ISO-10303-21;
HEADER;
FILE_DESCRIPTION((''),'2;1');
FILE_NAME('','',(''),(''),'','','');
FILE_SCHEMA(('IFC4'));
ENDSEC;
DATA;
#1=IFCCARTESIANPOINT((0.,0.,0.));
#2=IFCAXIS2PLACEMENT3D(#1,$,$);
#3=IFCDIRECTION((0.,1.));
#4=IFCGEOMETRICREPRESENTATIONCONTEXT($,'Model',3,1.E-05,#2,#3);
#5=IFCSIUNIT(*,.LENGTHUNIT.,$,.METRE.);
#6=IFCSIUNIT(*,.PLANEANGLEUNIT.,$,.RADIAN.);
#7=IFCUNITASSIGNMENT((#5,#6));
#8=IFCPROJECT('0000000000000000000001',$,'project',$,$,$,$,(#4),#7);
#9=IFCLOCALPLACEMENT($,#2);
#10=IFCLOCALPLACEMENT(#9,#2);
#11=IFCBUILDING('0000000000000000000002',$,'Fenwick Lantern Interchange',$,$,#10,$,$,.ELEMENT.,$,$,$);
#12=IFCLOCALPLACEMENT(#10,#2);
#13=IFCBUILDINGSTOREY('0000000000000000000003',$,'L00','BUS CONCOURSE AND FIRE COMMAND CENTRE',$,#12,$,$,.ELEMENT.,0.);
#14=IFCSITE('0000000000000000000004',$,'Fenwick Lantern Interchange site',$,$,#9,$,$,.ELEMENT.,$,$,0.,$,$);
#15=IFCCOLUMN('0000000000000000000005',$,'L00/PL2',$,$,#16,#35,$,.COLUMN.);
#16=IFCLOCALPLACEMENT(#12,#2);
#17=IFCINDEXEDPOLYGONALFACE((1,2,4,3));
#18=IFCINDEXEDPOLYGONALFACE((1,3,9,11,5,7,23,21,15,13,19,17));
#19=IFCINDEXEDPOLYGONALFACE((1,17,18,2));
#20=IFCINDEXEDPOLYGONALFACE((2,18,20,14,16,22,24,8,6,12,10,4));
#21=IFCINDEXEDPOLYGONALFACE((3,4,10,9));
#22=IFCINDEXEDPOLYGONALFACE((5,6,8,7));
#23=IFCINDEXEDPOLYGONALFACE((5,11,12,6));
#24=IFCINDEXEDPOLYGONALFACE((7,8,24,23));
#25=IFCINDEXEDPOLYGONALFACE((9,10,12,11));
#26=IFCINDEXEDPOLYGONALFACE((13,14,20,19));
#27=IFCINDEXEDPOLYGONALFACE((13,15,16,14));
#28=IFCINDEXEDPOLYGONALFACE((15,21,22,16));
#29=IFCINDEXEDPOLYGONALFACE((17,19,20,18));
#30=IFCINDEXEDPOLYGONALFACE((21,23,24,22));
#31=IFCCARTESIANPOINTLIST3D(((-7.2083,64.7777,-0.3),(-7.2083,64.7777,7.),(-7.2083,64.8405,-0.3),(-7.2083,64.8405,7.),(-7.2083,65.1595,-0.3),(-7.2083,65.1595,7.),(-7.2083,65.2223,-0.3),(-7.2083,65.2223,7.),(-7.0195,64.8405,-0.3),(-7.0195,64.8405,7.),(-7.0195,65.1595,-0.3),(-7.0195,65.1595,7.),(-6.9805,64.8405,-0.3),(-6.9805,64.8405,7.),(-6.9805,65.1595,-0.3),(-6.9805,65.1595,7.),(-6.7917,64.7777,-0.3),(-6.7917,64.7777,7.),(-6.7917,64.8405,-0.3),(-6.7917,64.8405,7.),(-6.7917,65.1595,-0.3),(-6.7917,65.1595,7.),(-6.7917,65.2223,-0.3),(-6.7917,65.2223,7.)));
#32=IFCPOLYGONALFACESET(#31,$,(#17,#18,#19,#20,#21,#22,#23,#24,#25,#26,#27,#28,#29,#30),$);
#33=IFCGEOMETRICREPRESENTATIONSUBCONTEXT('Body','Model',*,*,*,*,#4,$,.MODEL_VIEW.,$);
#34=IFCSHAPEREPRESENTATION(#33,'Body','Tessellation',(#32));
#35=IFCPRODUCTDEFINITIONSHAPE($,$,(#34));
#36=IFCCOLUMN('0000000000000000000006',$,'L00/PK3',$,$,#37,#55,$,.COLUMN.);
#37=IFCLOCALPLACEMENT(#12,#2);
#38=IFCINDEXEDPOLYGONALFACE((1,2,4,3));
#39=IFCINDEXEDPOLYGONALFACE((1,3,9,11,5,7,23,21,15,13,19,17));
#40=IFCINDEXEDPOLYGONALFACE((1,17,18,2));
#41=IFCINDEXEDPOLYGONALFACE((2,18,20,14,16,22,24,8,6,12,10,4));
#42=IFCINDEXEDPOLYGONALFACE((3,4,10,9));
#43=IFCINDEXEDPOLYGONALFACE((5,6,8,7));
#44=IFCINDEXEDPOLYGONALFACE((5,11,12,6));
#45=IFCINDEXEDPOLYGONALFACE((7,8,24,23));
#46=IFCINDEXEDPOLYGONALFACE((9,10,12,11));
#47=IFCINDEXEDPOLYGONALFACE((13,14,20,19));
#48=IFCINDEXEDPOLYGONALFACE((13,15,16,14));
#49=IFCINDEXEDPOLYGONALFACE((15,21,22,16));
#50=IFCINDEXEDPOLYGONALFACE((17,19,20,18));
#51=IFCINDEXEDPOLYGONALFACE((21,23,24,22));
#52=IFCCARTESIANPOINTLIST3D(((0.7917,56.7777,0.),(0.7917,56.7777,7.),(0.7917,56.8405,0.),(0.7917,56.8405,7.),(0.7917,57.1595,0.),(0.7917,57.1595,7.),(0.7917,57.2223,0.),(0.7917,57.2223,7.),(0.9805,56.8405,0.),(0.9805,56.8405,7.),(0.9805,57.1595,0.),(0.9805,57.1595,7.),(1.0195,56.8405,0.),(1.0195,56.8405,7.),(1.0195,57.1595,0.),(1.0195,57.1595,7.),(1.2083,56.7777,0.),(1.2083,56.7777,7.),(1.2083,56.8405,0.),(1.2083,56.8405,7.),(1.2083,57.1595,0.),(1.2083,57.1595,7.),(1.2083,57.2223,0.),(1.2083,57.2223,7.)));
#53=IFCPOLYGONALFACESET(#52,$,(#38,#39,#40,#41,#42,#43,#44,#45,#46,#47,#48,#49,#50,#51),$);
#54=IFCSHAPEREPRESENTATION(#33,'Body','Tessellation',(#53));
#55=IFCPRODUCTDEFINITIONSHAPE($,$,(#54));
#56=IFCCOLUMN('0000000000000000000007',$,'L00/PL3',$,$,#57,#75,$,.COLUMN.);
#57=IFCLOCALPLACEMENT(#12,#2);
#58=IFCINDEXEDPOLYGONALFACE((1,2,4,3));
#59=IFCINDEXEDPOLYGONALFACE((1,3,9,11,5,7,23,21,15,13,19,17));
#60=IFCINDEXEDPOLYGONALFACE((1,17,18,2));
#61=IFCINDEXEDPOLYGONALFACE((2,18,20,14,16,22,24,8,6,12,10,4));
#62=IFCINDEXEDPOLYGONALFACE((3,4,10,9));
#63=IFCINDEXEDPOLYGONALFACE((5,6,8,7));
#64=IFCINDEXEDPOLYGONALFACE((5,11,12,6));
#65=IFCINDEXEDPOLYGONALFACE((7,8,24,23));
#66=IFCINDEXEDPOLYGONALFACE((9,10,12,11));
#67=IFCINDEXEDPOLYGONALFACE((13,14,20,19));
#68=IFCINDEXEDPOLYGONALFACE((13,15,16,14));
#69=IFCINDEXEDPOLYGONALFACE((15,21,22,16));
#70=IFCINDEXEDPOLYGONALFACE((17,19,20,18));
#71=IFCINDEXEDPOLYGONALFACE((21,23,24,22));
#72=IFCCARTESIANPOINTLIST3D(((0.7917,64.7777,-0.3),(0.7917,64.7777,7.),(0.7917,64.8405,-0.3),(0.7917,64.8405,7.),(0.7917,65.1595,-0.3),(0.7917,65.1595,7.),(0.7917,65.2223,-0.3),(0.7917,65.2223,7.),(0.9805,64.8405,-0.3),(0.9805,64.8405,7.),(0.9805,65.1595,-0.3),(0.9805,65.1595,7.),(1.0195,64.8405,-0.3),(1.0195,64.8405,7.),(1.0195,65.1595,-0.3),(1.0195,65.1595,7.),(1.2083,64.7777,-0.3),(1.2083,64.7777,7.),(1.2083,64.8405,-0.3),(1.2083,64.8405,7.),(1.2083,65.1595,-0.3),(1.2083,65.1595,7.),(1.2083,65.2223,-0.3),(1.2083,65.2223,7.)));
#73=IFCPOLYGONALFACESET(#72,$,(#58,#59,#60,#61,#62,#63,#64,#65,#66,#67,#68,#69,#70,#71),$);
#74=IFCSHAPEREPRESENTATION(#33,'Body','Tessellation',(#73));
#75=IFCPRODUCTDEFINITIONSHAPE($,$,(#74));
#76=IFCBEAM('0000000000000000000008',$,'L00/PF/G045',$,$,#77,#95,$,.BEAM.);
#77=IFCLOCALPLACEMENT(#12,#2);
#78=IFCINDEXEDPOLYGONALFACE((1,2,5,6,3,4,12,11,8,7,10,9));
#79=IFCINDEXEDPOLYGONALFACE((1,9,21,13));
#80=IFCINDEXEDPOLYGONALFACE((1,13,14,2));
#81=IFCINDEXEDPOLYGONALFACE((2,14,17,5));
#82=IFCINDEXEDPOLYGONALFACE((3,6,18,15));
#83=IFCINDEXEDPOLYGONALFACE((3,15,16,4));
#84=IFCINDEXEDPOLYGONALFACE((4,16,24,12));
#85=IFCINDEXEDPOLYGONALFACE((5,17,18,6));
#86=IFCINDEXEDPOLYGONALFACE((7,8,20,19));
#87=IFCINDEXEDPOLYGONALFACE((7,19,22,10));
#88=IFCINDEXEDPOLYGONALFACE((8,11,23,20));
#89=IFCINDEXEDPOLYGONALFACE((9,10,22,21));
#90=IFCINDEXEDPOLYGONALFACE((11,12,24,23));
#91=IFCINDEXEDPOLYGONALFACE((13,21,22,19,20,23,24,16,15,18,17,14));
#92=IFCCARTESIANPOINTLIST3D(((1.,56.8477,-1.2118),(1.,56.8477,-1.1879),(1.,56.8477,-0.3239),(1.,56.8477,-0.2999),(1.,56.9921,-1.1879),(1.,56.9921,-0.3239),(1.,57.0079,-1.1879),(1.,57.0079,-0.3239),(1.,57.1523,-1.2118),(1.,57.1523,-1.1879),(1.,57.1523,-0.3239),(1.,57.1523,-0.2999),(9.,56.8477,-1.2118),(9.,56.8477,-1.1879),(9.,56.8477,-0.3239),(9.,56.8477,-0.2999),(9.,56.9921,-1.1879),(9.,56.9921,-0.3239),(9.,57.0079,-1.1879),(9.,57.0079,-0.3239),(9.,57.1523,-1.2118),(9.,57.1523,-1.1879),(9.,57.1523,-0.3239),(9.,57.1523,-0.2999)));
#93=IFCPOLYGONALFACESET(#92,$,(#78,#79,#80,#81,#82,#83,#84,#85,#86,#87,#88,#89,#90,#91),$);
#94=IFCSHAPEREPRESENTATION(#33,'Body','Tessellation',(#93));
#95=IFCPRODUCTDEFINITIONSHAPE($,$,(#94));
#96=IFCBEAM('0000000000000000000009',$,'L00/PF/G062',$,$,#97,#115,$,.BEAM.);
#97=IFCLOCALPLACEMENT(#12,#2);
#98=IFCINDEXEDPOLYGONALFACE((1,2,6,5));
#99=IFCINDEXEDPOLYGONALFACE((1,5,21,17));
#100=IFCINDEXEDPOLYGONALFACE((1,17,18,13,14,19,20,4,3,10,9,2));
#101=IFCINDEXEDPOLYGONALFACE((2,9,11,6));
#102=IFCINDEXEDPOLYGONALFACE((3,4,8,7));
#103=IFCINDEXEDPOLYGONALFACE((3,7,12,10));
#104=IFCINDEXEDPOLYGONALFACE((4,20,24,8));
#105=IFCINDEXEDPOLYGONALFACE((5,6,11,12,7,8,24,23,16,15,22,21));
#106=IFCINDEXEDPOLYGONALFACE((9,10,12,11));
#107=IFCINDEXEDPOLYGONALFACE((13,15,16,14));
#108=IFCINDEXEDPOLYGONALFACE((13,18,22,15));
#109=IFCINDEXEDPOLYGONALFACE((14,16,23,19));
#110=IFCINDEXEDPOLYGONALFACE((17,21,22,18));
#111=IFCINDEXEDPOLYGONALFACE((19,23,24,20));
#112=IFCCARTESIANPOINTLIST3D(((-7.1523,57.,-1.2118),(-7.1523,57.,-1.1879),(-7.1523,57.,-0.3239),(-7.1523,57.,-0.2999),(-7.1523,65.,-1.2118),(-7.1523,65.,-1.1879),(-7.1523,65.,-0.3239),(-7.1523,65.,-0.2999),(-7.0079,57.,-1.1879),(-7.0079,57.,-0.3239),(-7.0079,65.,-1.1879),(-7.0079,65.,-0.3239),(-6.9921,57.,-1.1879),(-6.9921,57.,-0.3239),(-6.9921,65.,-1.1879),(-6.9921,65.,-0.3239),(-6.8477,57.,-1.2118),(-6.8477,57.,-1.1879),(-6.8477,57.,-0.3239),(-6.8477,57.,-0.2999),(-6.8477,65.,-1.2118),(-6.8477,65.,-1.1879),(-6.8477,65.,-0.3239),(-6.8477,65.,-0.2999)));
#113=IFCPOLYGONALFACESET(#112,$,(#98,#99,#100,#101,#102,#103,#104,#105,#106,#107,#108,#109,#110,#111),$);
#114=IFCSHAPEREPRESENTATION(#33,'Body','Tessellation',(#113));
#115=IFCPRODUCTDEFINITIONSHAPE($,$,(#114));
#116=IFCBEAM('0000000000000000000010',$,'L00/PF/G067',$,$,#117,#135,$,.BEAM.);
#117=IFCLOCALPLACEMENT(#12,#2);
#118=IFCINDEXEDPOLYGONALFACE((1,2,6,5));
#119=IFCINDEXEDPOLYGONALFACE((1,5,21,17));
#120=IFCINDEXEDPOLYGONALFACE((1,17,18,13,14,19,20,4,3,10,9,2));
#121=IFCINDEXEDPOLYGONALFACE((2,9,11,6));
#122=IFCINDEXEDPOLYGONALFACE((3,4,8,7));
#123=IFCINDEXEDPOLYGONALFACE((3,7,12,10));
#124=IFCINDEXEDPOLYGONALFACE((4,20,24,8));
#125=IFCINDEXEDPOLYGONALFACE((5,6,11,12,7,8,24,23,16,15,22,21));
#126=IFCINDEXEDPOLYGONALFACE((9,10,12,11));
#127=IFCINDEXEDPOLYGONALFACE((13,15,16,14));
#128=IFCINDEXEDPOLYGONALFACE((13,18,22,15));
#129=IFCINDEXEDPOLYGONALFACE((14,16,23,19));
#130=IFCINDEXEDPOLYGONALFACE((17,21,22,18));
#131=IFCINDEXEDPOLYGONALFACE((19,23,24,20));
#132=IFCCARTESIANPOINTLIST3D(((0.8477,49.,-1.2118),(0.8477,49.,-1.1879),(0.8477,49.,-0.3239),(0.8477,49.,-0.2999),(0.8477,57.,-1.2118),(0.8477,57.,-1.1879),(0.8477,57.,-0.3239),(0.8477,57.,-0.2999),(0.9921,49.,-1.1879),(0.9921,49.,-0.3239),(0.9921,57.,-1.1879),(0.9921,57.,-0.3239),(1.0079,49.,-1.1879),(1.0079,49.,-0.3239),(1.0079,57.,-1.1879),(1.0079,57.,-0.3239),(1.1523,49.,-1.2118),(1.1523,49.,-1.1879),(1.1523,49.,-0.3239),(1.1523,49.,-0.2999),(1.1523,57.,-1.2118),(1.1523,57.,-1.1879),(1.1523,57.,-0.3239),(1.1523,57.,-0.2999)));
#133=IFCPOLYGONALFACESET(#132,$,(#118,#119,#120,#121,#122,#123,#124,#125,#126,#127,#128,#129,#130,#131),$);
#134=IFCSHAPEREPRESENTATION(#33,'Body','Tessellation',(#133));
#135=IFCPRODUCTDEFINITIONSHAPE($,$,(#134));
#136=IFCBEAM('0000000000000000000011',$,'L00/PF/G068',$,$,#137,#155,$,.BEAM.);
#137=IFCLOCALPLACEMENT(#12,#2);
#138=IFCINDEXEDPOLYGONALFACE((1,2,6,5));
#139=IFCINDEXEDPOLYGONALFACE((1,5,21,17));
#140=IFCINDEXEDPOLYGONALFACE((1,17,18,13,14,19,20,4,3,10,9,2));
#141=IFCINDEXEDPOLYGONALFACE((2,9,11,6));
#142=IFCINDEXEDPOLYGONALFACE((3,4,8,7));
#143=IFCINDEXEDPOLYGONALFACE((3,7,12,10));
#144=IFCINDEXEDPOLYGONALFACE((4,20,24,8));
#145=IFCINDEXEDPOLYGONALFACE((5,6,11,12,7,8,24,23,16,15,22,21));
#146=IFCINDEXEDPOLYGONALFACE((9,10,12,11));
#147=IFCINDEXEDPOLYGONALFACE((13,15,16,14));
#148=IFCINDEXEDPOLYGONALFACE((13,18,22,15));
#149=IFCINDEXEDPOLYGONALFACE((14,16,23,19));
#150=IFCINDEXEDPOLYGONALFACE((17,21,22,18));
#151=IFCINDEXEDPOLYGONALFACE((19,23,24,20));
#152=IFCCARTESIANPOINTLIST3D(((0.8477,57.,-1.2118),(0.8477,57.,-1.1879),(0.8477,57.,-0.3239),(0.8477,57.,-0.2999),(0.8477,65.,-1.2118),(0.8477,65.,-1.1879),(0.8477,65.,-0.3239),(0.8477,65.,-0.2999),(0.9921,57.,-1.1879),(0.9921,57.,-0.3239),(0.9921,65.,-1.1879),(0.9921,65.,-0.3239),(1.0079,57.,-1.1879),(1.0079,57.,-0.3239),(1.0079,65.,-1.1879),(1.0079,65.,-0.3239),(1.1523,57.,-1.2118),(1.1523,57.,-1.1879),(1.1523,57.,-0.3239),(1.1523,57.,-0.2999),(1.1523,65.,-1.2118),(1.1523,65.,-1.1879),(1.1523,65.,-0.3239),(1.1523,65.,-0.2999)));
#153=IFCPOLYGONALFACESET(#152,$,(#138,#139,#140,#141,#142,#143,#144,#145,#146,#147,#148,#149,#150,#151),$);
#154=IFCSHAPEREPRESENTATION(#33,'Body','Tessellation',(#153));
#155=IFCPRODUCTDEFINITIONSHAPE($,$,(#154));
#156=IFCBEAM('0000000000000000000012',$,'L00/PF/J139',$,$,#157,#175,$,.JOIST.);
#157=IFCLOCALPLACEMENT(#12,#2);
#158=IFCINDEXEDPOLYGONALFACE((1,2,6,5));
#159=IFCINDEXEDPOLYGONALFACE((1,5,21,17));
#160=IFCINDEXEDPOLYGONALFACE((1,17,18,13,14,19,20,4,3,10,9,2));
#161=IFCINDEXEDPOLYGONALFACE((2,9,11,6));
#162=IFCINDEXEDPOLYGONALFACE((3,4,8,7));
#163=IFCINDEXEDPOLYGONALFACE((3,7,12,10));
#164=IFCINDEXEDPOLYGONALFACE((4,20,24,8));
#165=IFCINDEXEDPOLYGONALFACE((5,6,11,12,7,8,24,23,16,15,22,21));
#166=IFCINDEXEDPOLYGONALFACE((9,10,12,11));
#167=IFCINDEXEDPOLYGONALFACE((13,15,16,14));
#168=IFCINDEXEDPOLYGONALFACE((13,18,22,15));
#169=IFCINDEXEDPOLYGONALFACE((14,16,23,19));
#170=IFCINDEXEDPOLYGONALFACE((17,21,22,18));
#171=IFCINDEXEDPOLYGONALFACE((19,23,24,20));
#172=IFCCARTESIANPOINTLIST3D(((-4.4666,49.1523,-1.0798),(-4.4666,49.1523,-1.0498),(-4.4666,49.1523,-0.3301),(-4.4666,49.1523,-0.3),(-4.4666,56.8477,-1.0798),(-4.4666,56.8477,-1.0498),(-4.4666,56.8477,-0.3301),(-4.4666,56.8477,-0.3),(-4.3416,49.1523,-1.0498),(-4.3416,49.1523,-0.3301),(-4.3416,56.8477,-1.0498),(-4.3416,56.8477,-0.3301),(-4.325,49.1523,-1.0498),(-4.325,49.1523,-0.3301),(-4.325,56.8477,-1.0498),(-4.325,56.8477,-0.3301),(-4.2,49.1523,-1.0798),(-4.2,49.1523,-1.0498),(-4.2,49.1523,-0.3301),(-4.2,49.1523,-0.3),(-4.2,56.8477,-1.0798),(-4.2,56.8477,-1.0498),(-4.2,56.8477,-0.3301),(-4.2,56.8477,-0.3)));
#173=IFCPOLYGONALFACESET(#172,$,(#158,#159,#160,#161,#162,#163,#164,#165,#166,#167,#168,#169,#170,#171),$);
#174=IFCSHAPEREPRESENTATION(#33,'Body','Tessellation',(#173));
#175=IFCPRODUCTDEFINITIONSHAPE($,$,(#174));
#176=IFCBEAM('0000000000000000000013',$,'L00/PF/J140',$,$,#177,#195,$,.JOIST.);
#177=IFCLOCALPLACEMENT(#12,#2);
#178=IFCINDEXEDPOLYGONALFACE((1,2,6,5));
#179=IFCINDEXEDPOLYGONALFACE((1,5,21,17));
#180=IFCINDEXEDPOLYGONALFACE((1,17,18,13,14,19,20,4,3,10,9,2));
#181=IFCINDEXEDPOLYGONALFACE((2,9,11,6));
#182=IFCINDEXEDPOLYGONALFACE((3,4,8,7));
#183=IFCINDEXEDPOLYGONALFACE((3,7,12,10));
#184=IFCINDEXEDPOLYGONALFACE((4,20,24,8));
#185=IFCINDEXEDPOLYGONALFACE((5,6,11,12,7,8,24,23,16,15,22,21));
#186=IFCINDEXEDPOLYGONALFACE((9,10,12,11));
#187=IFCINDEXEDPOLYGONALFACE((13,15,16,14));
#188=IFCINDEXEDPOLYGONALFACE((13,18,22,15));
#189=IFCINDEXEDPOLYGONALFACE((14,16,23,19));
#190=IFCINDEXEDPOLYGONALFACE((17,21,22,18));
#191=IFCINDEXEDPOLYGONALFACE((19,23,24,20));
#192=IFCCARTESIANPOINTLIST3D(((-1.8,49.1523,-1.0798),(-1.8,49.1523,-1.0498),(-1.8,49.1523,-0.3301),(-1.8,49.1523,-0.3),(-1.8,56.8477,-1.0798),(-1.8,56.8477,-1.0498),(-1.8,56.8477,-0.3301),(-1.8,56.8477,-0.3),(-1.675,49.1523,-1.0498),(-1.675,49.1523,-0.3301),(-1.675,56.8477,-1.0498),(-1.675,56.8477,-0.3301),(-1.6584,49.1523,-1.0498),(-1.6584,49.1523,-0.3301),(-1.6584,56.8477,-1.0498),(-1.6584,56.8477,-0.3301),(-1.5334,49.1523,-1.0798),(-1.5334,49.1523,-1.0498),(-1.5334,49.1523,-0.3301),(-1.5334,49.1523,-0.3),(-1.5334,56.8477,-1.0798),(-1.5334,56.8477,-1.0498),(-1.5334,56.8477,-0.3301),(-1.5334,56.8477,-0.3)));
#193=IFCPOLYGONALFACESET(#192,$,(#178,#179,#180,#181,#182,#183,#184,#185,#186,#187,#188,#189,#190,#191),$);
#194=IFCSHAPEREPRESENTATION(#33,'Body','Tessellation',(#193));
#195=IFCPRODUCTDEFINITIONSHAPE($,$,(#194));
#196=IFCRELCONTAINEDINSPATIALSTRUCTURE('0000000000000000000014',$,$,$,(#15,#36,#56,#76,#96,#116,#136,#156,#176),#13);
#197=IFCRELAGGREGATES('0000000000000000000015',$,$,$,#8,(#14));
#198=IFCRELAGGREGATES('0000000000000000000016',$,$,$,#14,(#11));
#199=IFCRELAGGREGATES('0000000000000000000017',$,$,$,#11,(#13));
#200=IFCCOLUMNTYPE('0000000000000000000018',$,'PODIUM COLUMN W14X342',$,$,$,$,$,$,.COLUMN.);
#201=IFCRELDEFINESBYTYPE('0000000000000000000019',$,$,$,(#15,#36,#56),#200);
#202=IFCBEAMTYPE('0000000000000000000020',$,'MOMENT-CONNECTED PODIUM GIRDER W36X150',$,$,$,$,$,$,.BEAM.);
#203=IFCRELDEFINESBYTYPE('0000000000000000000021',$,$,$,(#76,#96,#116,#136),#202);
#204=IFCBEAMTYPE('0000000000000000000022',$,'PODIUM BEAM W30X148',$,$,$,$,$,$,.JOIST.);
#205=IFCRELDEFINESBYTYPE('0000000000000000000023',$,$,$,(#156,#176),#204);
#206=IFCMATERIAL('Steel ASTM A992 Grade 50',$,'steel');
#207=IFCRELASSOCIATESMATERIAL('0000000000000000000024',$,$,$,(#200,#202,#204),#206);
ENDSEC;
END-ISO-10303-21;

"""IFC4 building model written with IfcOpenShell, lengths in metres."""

from ifc_helpers import new_model, si_unit, direction, frame, origin, origin_2d, place, context, subcontext, project, spatial, i_section, extrude, material, material_profile, profile_set, type_object, element, save


model = new_model("IFC4")

# Units and contexts
model_context = context("Model", 3, precision=1e-05, world=origin(), true_north=direction((0.0, 1.0)))
body_context = subcontext(model_context, "Body", "Model", "MODEL_VIEW")
ifc_project = project(units=[si_unit("LENGTHUNIT", "METRE"), si_unit("PLANEANGLEUNIT", "RADIAN")], contexts=[model_context])

# Site, building, storey
site_placement = place(None, origin())
site = spatial("IfcSite", under=ifc_project, at=site_placement, Name="Fenwick Lantern Interchange site", CompositionType="ELEMENT", RefElevation=0.0)
building_placement = place(site_placement, origin())
building = spatial("IfcBuilding", under=site, at=building_placement, Name="Fenwick Lantern Interchange", CompositionType="ELEMENT")
storey_placement = place(building_placement, origin())
storey = spatial("IfcBuildingStorey", under=building, at=storey_placement, Name="L00", Description="BUS CONCOURSE AND FIRE COMMAND CENTRE", CompositionType="ELEMENT", Elevation=0.0)

# Columns
ifc_material = material(Name="Steel ASTM A992 Grade 50", Category="steel")
ifc_material_profile_1 = material_profile(ifc_material, i_section(OverallWidth=0.4165, OverallDepth=0.4446, WebThickness=0.0391, FlangeThickness=0.0627, at=origin_2d()), Name="W14X342")
ifc_profile_set_1 = profile_set([ifc_material_profile_1], Name="Steel ASTM A992 Grade 50")
column_type = type_object("IfcColumnType", Name="PODIUM COLUMN W14X342", PredefinedType="COLUMN", material=ifc_profile_set_1)
column_1_placement = place(storey_placement, frame((-7.0, 65.0, -0.3), z_axis=(0.0, 0.0, 1.0), x_axis=(1.0, 0.0, 0.0)))
element("IfcColumn", 1, at=column_1_placement, inside=storey, type_object=column_type, Name="L00/PL2", PredefinedType="COLUMN", context=body_context, shape_type="SweptSolid", body=[
    extrude(i_section(OverallWidth=0.4165, OverallDepth=0.4446, WebThickness=0.0391, FlangeThickness=0.0627, at=origin_2d()), origin(), (0.0, 0.0, 1.0), 7.3),
])
column_2_placement = place(storey_placement, frame((1.0, 57.0, 0.0), z_axis=(0.0, 0.0, 1.0), x_axis=(1.0, 0.0, 0.0)))
element("IfcColumn", 2, at=column_2_placement, inside=storey, type_object=column_type, Name="L00/PK3", PredefinedType="COLUMN", context=body_context, shape_type="SweptSolid", body=[
    extrude(i_section(OverallWidth=0.4165, OverallDepth=0.4446, WebThickness=0.0391, FlangeThickness=0.0627, at=origin_2d()), origin(), (0.0, 0.0, 1.0), 7.0),
])
column_3_placement = place(storey_placement, frame((1.0, 65.0, -0.3), z_axis=(0.0, 0.0, 1.0), x_axis=(1.0, 0.0, 0.0)))
element("IfcColumn", 3, at=column_3_placement, inside=storey, type_object=column_type, Name="L00/PL3", PredefinedType="COLUMN", context=body_context, shape_type="SweptSolid", body=[
    extrude(i_section(OverallWidth=0.4165, OverallDepth=0.4446, WebThickness=0.0391, FlangeThickness=0.0627, at=origin_2d()), origin(), (0.0, 0.0, 1.0), 7.3),
])

# Beams
ifc_material_profile_2 = material_profile(ifc_material, i_section(OverallWidth=0.3047, OverallDepth=0.9119, WebThickness=0.0159, FlangeThickness=0.0239, at=origin_2d()), Name="W36X150")
ifc_profile_set_2 = profile_set([ifc_material_profile_2], Name="Steel ASTM A992 Grade 50")
beam_type_1 = type_object("IfcBeamType", Name="MOMENT-CONNECTED PODIUM GIRDER W36X150", PredefinedType="BEAM", material=ifc_profile_set_2)
for number, where, z_axis, x_axis, name in (
    (4, (1.0, 57.0, -0.7559), (1.0, 0.0, 0.0), (0.0, 1.0, 0.0), "L00/PF/G045"),
    (5, (-7.0, 57.0, -0.7559), (0.0, 1.0, 0.0), (-1.0, 0.0, 0.0), "L00/PF/G062"),
    (6, (1.0, 49.0, -0.7559), (0.0, 1.0, 0.0), (-1.0, 0.0, 0.0), "L00/PF/G067"),
    (7, (1.0, 57.0, -0.7559), (0.0, 1.0, 0.0), (-1.0, 0.0, 0.0), "L00/PF/G068"),
):
    element("IfcBeam", number, at=place(storey_placement, frame(where, z_axis=z_axis, x_axis=x_axis)), inside=storey, type_object=beam_type_1, Name=name, PredefinedType="BEAM", context=body_context, shape_type="SweptSolid", body=[
        extrude(i_section(OverallWidth=0.3047, OverallDepth=0.9119, WebThickness=0.0159, FlangeThickness=0.0239, at=origin_2d()), origin(), (0.0, 0.0, 1.0), 8.0),
    ])
ifc_material_profile_3 = material_profile(ifc_material, i_section(OverallWidth=0.2666, OverallDepth=0.7798, WebThickness=0.0166, FlangeThickness=0.03, at=origin_2d()), Name="W30X148")
ifc_profile_set_3 = profile_set([ifc_material_profile_3], Name="Steel ASTM A992 Grade 50")
beam_type_2 = type_object("IfcBeamType", Name="PODIUM BEAM W30X148", PredefinedType="JOIST", material=ifc_profile_set_3)
for number, where, z_axis, x_axis, name in (
    (8, (-4.3333, 49.1523, -0.6899), (0.0, 1.0, 0.0), (-1.0, 0.0, 0.0), "L00/PF/J139"),
    (9, (-1.6667, 49.1523, -0.6899), (0.0, 1.0, 0.0), (-1.0, 0.0, 0.0), "L00/PF/J140"),
):
    element("IfcBeam", number, at=place(storey_placement, frame(where, z_axis=z_axis, x_axis=x_axis)), inside=storey, type_object=beam_type_2, Name=name, PredefinedType="JOIST", context=body_context, shape_type="SweptSolid", body=[
        extrude(i_section(OverallWidth=0.2666, OverallDepth=0.7798, WebThickness=0.0166, FlangeThickness=0.03, at=origin_2d()), origin(), (0.0, 0.0, 1.0), 7.6953),
    ])

save(model, "model.ifc")
